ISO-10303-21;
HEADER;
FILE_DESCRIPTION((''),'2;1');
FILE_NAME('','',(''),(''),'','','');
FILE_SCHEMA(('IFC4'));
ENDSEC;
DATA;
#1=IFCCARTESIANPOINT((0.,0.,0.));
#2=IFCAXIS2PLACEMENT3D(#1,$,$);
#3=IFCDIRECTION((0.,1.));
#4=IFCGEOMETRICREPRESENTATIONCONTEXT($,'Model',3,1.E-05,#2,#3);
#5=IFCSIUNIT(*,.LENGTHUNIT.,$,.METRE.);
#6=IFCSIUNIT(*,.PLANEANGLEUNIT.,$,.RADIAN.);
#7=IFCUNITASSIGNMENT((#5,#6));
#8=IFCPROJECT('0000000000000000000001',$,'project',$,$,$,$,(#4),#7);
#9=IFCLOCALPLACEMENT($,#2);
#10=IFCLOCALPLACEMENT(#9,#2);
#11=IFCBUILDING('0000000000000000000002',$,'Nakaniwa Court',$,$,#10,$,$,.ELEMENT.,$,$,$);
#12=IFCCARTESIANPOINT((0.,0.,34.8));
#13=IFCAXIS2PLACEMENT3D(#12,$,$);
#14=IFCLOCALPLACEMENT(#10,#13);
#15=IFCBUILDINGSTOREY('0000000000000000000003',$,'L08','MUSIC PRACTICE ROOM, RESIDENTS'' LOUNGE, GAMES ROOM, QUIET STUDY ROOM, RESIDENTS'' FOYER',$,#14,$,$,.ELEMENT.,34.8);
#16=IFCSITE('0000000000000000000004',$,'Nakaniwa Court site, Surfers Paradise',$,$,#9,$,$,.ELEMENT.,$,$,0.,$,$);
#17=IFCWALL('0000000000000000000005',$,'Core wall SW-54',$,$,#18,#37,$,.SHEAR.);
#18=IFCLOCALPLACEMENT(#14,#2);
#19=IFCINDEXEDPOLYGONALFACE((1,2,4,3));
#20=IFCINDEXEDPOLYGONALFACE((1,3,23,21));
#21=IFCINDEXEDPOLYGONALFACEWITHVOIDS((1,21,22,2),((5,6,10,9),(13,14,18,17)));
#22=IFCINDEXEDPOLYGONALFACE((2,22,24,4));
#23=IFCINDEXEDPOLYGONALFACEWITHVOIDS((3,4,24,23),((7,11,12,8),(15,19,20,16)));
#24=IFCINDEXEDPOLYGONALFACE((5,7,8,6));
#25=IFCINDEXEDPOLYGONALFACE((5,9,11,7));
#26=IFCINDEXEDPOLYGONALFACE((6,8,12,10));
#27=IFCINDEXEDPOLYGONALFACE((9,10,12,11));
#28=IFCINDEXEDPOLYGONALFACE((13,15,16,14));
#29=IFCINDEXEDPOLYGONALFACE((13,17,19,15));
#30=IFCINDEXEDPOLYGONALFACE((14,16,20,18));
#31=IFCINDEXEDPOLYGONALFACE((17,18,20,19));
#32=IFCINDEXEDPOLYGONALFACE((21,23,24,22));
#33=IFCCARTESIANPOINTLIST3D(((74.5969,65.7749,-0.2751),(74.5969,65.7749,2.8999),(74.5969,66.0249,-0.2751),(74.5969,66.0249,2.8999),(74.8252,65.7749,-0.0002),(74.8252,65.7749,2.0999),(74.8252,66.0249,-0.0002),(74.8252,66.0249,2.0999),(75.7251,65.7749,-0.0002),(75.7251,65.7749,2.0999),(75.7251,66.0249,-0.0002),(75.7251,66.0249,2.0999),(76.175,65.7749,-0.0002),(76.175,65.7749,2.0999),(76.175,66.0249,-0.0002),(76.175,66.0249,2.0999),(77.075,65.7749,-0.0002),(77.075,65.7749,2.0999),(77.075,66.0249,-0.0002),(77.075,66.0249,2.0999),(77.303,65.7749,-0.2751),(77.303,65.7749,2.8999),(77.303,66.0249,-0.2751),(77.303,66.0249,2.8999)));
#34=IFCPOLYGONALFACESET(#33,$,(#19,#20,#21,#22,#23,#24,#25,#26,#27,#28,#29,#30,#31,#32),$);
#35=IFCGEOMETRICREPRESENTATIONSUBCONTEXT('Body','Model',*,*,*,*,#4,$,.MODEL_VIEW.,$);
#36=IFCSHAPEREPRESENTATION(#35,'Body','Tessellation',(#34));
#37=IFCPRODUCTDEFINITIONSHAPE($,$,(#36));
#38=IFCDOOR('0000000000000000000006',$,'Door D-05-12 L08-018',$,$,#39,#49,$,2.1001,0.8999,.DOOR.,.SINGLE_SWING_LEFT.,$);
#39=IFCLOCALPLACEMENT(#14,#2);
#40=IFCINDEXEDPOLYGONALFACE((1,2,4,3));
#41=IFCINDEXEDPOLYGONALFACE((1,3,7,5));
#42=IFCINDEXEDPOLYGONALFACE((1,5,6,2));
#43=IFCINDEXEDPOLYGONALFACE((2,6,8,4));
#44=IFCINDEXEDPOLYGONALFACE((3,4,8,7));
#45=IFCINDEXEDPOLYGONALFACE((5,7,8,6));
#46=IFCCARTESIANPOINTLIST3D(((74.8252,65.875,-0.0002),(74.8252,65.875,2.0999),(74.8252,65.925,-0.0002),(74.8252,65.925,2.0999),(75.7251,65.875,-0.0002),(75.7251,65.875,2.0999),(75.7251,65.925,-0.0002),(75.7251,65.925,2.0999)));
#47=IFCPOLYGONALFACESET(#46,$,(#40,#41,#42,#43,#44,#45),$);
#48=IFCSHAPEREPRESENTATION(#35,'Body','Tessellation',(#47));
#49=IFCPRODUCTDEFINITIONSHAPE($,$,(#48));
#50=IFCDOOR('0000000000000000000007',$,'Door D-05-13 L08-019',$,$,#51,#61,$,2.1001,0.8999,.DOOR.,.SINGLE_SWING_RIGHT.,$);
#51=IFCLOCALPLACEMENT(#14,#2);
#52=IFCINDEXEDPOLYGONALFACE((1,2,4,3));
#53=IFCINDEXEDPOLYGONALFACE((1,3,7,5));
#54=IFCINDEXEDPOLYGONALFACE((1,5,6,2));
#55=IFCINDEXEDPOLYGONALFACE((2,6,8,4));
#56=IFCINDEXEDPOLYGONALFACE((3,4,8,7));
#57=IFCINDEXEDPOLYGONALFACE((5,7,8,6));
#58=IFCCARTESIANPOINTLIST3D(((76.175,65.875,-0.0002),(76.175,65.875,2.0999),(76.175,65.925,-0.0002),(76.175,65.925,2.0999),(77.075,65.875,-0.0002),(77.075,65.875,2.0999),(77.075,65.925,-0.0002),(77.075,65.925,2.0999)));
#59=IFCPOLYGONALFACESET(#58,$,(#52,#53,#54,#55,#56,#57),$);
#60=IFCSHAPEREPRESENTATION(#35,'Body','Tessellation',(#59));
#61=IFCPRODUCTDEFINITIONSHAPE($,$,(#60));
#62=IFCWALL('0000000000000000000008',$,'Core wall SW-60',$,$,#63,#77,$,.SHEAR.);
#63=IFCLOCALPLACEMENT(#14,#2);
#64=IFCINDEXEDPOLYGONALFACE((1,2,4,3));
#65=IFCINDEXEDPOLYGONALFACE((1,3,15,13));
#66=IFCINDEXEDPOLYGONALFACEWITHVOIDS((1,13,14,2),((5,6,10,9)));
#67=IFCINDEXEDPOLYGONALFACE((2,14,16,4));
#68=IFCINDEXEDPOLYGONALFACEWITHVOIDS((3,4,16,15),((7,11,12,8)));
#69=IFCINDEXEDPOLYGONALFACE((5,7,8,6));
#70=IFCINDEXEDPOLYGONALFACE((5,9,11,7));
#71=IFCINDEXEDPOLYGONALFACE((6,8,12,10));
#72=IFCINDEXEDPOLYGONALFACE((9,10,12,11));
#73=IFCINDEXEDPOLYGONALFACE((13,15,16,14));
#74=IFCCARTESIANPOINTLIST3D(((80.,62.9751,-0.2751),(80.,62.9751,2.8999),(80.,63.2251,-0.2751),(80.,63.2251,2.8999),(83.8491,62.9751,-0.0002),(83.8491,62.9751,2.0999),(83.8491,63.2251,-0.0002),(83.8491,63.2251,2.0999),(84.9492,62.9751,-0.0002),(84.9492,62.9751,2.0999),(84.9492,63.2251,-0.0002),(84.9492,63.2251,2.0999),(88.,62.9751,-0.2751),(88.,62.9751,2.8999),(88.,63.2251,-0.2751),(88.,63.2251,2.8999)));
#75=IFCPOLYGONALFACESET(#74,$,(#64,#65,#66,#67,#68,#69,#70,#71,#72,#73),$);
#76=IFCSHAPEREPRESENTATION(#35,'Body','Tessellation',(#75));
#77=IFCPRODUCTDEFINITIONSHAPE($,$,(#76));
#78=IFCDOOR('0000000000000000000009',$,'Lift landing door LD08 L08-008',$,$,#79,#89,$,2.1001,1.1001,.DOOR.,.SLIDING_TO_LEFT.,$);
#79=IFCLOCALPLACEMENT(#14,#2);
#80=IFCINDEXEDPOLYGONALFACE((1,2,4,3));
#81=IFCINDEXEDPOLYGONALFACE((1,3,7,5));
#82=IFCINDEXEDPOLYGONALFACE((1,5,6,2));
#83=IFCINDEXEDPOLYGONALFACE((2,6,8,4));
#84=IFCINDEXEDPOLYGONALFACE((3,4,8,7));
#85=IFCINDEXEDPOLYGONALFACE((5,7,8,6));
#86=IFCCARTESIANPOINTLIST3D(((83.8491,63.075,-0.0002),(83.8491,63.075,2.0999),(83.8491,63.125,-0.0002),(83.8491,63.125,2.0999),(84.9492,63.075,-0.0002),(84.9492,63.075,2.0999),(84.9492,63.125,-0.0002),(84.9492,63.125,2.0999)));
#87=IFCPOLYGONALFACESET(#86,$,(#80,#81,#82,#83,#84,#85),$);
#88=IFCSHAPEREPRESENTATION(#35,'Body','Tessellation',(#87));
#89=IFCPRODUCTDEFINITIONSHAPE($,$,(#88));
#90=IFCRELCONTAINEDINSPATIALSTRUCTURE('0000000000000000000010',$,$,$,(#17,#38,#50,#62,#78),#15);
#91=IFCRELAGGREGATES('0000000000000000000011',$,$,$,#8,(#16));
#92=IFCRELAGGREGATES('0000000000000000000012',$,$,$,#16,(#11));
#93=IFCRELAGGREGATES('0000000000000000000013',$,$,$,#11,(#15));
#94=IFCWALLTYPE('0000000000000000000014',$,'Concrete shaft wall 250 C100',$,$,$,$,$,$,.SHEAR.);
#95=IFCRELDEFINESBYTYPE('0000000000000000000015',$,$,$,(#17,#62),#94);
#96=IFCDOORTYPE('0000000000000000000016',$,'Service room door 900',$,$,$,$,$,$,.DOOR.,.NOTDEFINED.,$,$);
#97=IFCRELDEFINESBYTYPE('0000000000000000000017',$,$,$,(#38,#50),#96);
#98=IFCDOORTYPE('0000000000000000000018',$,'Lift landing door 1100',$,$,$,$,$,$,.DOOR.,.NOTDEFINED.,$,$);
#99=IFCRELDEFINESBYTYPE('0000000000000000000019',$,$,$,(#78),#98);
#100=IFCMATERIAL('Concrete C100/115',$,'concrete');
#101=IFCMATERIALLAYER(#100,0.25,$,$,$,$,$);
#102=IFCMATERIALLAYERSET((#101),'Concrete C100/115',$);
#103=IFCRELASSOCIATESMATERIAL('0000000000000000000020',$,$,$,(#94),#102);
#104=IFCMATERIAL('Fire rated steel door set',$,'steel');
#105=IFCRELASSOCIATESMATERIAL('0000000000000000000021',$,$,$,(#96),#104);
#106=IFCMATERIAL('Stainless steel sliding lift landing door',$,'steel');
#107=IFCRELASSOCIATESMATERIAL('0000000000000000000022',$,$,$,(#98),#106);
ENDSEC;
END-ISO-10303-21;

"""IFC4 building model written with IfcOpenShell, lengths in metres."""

from ifc_helpers import new_model, si_unit, direction, frame, frame_2d, origin, place, context, subcontext, project, spatial, rectangle, extrude, material, layer, layer_set, type_object, element, fill, save


model = new_model("IFC4")

# Units and contexts
model_context = context("Model", 3, precision=1e-05, world=origin(), true_north=direction((0.0, 1.0)))
body_context = subcontext(model_context, "Body", "Model", "MODEL_VIEW")
ifc_project = project(units=[si_unit("LENGTHUNIT", "METRE"), si_unit("PLANEANGLEUNIT", "RADIAN")], contexts=[model_context])

# Site, building, storey
site_placement = place(None, origin())
site = spatial("IfcSite", under=ifc_project, at=site_placement, Name="Nakaniwa Court site, Surfers Paradise", CompositionType="ELEMENT", RefElevation=0.0)
building_placement = place(site_placement, origin())
building = spatial("IfcBuilding", under=site, at=building_placement, Name="Nakaniwa Court", CompositionType="ELEMENT")
storey_placement = place(building_placement, frame((0.0, 0.0, 34.8)))
storey = spatial("IfcBuildingStorey", under=building, at=storey_placement, Name="L08", Description="MUSIC PRACTICE ROOM, RESIDENTS' LOUNGE, GAMES ROOM, QUIET STUDY ROOM, RESIDENTS' FOYER", CompositionType="ELEMENT", Elevation=34.8)

# Shared definitions
ifc_material_1 = material(Name="Fire rated steel door set", Category="steel")

# Shared definitions
ifc_material_2 = material(Name="Concrete C100/115", Category="concrete")
ifc_layer_1 = layer(ifc_material_2, 0.25)
ifc_layer_set_1 = layer_set([ifc_layer_1], Name="Concrete C100/115")
wall_type_1 = type_object("IfcWallType", Name="Concrete shaft wall 250 C100", PredefinedType="SHEAR", material=ifc_layer_set_1)

# Wall, openings, doors
wall_1_placement = place(storey_placement, frame((77.303, 65.8999, -0.2751), z_axis=(0.0, 0.0, 1.0), x_axis=(-1.0, 0.0, 0.0)))
wall_1 = element("IfcWall", 1, at=wall_1_placement, inside=storey, type_object=wall_type_1, Name="Core wall SW-54", PredefinedType="SHEAR", context=body_context, shape_type="SweptSolid", body=[
    extrude(rectangle(XDim=2.7061, YDim=0.25, at=frame_2d((1.353, 0.0))), origin(), (0.0, 0.0, 1.0), 3.175),
])
opening_1_placement = place(wall_1_placement, frame((1.5779, 0.0, 0.2749)))
opening_1 = element("IfcOpeningElement", 2, at=opening_1_placement, cuts=wall_1, PredefinedType="OPENING", context=body_context, shape_type="SweptSolid", body=[
    extrude(rectangle(XDim=0.8999, YDim=2.1001, at=frame_2d((0.45, 1.05))), frame((0.0, 0.135, 0.0), z_axis=(0.0, -1.0, 0.0), x_axis=(1.0, 0.0, 0.0)), (0.0, 0.0, 1.0), 0.27),
])
opening_2_placement = place(wall_1_placement, frame((0.228, 0.0, 0.2749)))
opening_2 = element("IfcOpeningElement", 3, at=opening_2_placement, cuts=wall_1, PredefinedType="OPENING", context=body_context, shape_type="SweptSolid", body=[
    extrude(rectangle(XDim=0.8999, YDim=2.1001, at=frame_2d((0.45, 1.05))), frame((0.0, 0.135, 0.0), z_axis=(0.0, -1.0, 0.0), x_axis=(1.0, 0.0, 0.0)), (0.0, 0.0, 1.0), 0.27),
])
door_type_1 = type_object("IfcDoorType", Name="Service room door 900", OperationType="NOTDEFINED", PredefinedType="DOOR", material=ifc_material_1)
door_1_placement = place(opening_1_placement, origin())
door_1 = element("IfcDoor", 4, at=door_1_placement, inside=storey, type_object=door_type_1, Name="Door D-05-12 L08-018", OperationType="SINGLE_SWING_LEFT", OverallHeight=2.1001, OverallWidth=0.8999, PredefinedType="DOOR", context=body_context, shape_type="SweptSolid", body=[
    extrude(rectangle(XDim=0.8999, YDim=2.1001, at=frame_2d((0.45, 1.05))), frame((0.0, 0.0249, 0.0), z_axis=(0.0, -1.0, 0.0), x_axis=(1.0, 0.0, 0.0)), (0.0, 0.0, 1.0), 0.05),
])
fill(opening_1, door_1)
door_2_placement = place(opening_2_placement, origin())
door_2 = element("IfcDoor", 5, at=door_2_placement, inside=storey, type_object=door_type_1, Name="Door D-05-13 L08-019", OperationType="SINGLE_SWING_RIGHT", OverallHeight=2.1001, OverallWidth=0.8999, PredefinedType="DOOR", context=body_context, shape_type="SweptSolid", body=[
    extrude(rectangle(XDim=0.8999, YDim=2.1001, at=frame_2d((0.45, 1.05))), frame((0.0, 0.0249, 0.0), z_axis=(0.0, -1.0, 0.0), x_axis=(1.0, 0.0, 0.0)), (0.0, 0.0, 1.0), 0.05),
])
fill(opening_2, door_2)

# Wall, opening, door
wall_2_placement = place(storey_placement, frame((80.0, 63.1001, -0.2751), z_axis=(0.0, 0.0, 1.0), x_axis=(1.0, 0.0, 0.0)))
wall_2 = element("IfcWall", 6, at=wall_2_placement, inside=storey, type_object=wall_type_1, Name="Core wall SW-60", PredefinedType="SHEAR", context=body_context, shape_type="SweptSolid", body=[
    extrude(rectangle(XDim=8.0, YDim=0.25, at=frame_2d((4.0, 0.0))), origin(), (0.0, 0.0, 1.0), 3.175),
])
opening_3_placement = place(wall_2_placement, frame((3.8491, 0.0, 0.2749)))
opening_3 = element("IfcOpeningElement", 7, at=opening_3_placement, cuts=wall_2, PredefinedType="OPENING", context=body_context, shape_type="SweptSolid", body=[
    extrude(rectangle(XDim=1.1001, YDim=2.1001, at=frame_2d((0.55, 1.05))), frame((0.0, 0.135, 0.0), z_axis=(0.0, -1.0, 0.0), x_axis=(1.0, 0.0, 0.0)), (0.0, 0.0, 1.0), 0.27),
])
ifc_material_3 = material(Name="Stainless steel sliding lift landing door", Category="steel")
door_type_2 = type_object("IfcDoorType", Name="Lift landing door 1100", OperationType="NOTDEFINED", PredefinedType="DOOR", material=ifc_material_3)
door_3_placement = place(opening_3_placement, origin())
door_3 = element("IfcDoor", 8, at=door_3_placement, inside=storey, type_object=door_type_2, Name="Lift landing door LD08 L08-008", OperationType="SLIDING_TO_LEFT", OverallHeight=2.1001, OverallWidth=1.1001, PredefinedType="DOOR", context=body_context, shape_type="SweptSolid", body=[
    extrude(rectangle(XDim=1.1001, YDim=2.1001, at=frame_2d((0.55, 1.05))), frame((0.0, 0.0249, 0.0), z_axis=(0.0, -1.0, 0.0), x_axis=(1.0, 0.0, 0.0)), (0.0, 0.0, 1.0), 0.05),
])
fill(opening_3, door_3)

save(model, "model.ifc")
